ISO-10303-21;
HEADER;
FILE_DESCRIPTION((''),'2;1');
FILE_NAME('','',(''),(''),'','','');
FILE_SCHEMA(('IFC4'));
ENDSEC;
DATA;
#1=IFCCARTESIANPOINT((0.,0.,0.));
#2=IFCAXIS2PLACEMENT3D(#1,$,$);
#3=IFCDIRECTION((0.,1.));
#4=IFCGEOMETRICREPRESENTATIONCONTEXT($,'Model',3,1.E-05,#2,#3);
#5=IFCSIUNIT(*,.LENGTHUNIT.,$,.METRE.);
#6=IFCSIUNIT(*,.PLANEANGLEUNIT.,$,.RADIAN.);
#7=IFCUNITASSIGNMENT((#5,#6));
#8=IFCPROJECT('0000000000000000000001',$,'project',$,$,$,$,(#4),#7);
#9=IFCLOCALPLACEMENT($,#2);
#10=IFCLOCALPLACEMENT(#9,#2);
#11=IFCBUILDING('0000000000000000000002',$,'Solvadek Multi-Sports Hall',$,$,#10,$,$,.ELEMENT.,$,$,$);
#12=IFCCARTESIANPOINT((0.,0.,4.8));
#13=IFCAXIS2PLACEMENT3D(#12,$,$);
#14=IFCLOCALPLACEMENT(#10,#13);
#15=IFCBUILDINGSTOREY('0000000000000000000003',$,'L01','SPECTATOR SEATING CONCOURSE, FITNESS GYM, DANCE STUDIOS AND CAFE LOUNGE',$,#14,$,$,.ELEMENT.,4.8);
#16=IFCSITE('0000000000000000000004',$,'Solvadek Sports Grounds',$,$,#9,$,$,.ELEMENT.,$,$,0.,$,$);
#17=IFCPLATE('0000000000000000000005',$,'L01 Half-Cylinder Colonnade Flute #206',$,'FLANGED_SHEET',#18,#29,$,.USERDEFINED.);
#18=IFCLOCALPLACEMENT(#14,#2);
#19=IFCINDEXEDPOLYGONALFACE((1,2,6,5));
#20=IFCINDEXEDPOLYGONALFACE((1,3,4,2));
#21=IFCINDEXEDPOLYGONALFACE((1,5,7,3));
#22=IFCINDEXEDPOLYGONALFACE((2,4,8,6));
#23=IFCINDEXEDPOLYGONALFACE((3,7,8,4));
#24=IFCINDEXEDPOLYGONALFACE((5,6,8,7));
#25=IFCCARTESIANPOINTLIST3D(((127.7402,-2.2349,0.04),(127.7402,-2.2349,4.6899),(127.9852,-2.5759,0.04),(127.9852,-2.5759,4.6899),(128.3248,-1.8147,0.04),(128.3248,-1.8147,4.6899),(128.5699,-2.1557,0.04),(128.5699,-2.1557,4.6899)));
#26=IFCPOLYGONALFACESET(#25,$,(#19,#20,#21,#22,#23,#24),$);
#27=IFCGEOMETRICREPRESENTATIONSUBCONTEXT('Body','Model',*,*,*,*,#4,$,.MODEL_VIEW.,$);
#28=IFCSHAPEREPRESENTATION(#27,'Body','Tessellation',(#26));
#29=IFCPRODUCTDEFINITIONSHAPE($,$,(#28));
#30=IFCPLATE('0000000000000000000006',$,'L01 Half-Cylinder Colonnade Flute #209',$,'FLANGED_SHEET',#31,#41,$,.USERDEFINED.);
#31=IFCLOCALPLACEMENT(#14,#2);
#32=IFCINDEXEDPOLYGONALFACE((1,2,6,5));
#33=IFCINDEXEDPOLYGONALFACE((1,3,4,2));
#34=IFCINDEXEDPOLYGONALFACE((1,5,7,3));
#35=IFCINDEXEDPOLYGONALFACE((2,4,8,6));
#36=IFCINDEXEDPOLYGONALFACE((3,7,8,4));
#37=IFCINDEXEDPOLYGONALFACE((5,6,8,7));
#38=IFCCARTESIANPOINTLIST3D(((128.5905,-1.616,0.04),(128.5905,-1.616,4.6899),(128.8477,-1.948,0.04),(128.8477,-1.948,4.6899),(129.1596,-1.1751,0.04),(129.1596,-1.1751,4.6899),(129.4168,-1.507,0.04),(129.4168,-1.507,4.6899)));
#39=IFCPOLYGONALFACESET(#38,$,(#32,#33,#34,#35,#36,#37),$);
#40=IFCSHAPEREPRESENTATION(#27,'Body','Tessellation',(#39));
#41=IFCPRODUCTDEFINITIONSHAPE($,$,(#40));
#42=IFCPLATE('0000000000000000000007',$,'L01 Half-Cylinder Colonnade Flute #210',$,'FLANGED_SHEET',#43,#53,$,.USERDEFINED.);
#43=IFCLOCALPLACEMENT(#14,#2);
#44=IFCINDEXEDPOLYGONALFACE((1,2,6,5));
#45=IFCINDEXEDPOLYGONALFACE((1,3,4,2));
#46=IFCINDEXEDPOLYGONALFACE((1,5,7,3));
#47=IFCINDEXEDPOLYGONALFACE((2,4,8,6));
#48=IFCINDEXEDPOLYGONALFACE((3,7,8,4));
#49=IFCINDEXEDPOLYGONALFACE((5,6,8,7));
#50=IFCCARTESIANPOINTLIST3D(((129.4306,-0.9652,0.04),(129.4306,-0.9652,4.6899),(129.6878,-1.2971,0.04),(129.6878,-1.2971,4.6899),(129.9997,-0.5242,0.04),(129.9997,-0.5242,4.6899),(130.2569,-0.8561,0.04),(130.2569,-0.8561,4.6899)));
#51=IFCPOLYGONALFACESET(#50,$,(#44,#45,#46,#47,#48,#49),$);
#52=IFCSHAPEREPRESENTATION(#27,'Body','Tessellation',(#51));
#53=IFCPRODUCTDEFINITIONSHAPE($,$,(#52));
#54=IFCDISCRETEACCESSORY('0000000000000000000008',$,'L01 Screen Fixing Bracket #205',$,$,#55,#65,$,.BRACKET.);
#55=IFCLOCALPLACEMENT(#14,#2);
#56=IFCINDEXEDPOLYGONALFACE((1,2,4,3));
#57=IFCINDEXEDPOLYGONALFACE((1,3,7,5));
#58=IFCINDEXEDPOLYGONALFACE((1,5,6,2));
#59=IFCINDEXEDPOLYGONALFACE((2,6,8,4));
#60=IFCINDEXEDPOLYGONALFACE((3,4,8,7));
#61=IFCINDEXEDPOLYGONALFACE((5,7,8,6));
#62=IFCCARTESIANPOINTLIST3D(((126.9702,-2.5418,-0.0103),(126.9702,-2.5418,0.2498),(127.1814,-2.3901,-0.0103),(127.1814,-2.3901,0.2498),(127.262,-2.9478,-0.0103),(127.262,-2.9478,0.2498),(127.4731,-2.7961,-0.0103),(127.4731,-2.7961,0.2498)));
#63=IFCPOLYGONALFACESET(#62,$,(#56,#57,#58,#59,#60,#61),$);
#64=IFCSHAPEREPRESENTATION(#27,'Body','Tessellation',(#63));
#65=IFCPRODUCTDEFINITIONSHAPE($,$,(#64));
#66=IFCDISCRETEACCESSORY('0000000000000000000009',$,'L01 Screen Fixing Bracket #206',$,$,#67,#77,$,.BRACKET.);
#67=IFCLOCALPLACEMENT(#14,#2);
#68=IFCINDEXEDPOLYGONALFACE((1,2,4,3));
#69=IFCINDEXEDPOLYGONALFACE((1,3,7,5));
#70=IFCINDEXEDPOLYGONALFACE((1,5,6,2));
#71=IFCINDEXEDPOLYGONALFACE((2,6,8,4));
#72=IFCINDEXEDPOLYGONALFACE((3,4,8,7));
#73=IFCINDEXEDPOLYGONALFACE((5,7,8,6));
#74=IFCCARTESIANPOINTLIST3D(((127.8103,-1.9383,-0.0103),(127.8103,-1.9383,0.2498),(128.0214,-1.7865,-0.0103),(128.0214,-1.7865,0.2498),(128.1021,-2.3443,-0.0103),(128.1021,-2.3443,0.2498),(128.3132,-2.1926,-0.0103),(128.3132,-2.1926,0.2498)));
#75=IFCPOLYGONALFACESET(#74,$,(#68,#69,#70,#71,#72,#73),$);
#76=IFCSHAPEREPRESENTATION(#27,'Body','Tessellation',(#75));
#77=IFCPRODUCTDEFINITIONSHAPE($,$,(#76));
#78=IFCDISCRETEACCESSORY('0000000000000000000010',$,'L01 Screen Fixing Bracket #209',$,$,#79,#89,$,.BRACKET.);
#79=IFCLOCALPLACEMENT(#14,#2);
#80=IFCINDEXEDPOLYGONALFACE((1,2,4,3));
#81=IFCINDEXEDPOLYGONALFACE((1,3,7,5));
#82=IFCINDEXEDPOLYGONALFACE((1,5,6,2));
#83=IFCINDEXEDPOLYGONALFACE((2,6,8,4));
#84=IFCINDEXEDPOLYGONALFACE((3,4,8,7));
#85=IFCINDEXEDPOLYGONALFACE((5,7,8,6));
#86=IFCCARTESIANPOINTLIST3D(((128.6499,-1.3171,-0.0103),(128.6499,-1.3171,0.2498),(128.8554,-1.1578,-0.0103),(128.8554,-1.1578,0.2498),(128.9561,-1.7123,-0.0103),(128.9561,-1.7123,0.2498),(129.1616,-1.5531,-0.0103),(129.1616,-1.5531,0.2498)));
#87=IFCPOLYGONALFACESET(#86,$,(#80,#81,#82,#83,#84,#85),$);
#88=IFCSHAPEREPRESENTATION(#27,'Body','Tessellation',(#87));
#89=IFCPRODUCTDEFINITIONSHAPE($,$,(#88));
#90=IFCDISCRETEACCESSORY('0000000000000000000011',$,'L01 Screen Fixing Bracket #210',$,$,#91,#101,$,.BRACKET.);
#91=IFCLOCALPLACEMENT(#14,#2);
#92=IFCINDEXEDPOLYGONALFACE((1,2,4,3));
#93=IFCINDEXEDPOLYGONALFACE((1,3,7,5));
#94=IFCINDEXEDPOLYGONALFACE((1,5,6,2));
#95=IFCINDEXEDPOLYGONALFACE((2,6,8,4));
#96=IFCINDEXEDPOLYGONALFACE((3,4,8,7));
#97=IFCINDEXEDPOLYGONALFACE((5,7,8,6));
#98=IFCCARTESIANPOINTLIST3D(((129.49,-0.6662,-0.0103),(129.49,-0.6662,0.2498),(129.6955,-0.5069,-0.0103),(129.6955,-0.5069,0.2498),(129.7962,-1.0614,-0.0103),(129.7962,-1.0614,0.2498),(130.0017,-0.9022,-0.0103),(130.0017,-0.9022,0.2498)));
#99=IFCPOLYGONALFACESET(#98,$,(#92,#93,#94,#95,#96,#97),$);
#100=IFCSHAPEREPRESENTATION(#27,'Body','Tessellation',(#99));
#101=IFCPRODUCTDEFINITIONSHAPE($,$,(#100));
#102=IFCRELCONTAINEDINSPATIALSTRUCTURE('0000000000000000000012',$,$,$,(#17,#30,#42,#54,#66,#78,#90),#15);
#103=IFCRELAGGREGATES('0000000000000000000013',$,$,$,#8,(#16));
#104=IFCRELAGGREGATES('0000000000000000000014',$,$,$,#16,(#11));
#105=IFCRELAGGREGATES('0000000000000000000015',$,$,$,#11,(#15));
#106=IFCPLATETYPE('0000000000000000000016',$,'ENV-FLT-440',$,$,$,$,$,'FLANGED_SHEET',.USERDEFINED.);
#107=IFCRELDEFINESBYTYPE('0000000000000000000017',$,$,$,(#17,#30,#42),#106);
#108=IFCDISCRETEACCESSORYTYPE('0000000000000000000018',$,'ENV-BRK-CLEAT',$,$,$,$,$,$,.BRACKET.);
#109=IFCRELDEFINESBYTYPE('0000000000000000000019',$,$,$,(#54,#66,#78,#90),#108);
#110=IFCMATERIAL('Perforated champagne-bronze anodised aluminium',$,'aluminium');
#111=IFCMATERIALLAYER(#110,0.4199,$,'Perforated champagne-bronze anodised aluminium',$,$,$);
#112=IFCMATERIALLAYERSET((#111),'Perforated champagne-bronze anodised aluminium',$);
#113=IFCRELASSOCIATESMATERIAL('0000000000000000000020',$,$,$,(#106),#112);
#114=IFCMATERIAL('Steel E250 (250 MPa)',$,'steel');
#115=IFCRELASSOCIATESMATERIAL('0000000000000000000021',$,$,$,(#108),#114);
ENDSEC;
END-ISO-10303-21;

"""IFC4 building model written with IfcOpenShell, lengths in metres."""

from ifc_helpers import new_model, si_unit, direction, frame, origin, origin_2d, place, context, subcontext, project, spatial, rectangle, extrude, material, layer, layer_set, type_object, element, save


model = new_model("IFC4")

# Units and contexts
model_context = context("Model", 3, precision=1e-05, world=origin(), true_north=direction((0.0, 1.0)))
body_context = subcontext(model_context, "Body", "Model", "MODEL_VIEW")
ifc_project = project(units=[si_unit("LENGTHUNIT", "METRE"), si_unit("PLANEANGLEUNIT", "RADIAN")], contexts=[model_context])

# Site, building, storey
site_placement = place(None, origin())
site = spatial("IfcSite", under=ifc_project, at=site_placement, Name="Solvadek Sports Grounds", CompositionType="ELEMENT", RefElevation=0.0)
building_placement = place(site_placement, origin())
building = spatial("IfcBuilding", under=site, at=building_placement, Name="Solvadek Multi-Sports Hall", CompositionType="ELEMENT")
storey_placement = place(building_placement, frame((0.0, 0.0, 4.8)))
storey = spatial("IfcBuildingStorey", under=building, at=storey_placement, Name="L01", Description="SPECTATOR SEATING CONCOURSE, FITNESS GYM, DANCE STUDIOS AND CAFE LOUNGE", CompositionType="ELEMENT", Elevation=4.8)

# Shared definitions
ifc_material_1 = material(Name="Steel E250 (250 MPa)", Category="steel")

# Plates
ifc_material_2 = material(Name="Perforated champagne-bronze anodised aluminium", Category="aluminium")
ifc_layer_1 = layer(ifc_material_2, 0.4199, Name="Perforated champagne-bronze anodised aluminium")
ifc_layer_set_1 = layer_set([ifc_layer_1], Name="Perforated champagne-bronze anodised aluminium")
plate_type_1 = type_object("IfcPlateType", Name="ENV-FLT-440", ElementType="FLANGED_SHEET", PredefinedType="USERDEFINED", material=ifc_layer_set_1)
for number, where, z_axis, x_axis, name in (
    (1, (128.155, -2.1953, 0.04), (0.0, 0.0, 1.0), (0.812061, 0.583572, 0.0), "L01 Half-Cylinder Colonnade Flute #206"),
    (2, (129.0037, -1.5615, 0.04), (0.0, 0.0, 1.0), (0.790483, 0.612483, 0.0), "L01 Half-Cylinder Colonnade Flute #209"),
    (3, (129.8438, -0.9106, 0.04), (0.0, 0.0, 1.0), (0.790483, 0.612483, 0.0), "L01 Half-Cylinder Colonnade Flute #210"),
):
    element("IfcPlate", number, at=place(storey_placement, frame(where, z_axis=z_axis, x_axis=x_axis)), inside=storey, type_object=plate_type_1, Name=name, ObjectType="FLANGED_SHEET", PredefinedType="USERDEFINED", context=body_context, shape_type="SweptSolid", body=[
        extrude(rectangle(XDim=0.72, YDim=0.4199, at=origin_2d()), origin(), (0.0, 0.0, 1.0), 4.6499),
    ])

# Discrete accessories
discrete_accessory_type = type_object("IfcDiscreteAccessoryType", Name="ENV-BRK-CLEAT", PredefinedType="BRACKET", material=ifc_material_1)
for number, where, z_axis, x_axis, name in (
    (4, (127.2217, -2.6689, -0.0103), (0.0, 0.0, 1.0), (0.812061, 0.583572, 0.0), "L01 Screen Fixing Bracket #205"),
    (5, (128.0618, -2.0654, -0.0103), (0.0, 0.0, 1.0), (0.812061, 0.583572, 0.0), "L01 Screen Fixing Bracket #206"),
    (6, (128.9058, -1.4351, -0.0103), (0.0, 0.0, 1.0), (0.790483, 0.612483, 0.0), "L01 Screen Fixing Bracket #209"),
    (7, (129.7458, -0.7842, -0.0103), (0.0, 0.0, 1.0), (0.790483, 0.612483, 0.0), "L01 Screen Fixing Bracket #210"),
):
    element("IfcDiscreteAccessory", number, at=place(storey_placement, frame(where, z_axis=z_axis, x_axis=x_axis)), inside=storey, type_object=discrete_accessory_type, Name=name, PredefinedType="BRACKET", context=body_context, shape_type="SweptSolid", body=[
        extrude(rectangle(XDim=0.26, YDim=0.5, at=origin_2d()), origin(), (0.0, 0.0, 1.0), 0.26),
    ])

save(model, "model.ifc")
